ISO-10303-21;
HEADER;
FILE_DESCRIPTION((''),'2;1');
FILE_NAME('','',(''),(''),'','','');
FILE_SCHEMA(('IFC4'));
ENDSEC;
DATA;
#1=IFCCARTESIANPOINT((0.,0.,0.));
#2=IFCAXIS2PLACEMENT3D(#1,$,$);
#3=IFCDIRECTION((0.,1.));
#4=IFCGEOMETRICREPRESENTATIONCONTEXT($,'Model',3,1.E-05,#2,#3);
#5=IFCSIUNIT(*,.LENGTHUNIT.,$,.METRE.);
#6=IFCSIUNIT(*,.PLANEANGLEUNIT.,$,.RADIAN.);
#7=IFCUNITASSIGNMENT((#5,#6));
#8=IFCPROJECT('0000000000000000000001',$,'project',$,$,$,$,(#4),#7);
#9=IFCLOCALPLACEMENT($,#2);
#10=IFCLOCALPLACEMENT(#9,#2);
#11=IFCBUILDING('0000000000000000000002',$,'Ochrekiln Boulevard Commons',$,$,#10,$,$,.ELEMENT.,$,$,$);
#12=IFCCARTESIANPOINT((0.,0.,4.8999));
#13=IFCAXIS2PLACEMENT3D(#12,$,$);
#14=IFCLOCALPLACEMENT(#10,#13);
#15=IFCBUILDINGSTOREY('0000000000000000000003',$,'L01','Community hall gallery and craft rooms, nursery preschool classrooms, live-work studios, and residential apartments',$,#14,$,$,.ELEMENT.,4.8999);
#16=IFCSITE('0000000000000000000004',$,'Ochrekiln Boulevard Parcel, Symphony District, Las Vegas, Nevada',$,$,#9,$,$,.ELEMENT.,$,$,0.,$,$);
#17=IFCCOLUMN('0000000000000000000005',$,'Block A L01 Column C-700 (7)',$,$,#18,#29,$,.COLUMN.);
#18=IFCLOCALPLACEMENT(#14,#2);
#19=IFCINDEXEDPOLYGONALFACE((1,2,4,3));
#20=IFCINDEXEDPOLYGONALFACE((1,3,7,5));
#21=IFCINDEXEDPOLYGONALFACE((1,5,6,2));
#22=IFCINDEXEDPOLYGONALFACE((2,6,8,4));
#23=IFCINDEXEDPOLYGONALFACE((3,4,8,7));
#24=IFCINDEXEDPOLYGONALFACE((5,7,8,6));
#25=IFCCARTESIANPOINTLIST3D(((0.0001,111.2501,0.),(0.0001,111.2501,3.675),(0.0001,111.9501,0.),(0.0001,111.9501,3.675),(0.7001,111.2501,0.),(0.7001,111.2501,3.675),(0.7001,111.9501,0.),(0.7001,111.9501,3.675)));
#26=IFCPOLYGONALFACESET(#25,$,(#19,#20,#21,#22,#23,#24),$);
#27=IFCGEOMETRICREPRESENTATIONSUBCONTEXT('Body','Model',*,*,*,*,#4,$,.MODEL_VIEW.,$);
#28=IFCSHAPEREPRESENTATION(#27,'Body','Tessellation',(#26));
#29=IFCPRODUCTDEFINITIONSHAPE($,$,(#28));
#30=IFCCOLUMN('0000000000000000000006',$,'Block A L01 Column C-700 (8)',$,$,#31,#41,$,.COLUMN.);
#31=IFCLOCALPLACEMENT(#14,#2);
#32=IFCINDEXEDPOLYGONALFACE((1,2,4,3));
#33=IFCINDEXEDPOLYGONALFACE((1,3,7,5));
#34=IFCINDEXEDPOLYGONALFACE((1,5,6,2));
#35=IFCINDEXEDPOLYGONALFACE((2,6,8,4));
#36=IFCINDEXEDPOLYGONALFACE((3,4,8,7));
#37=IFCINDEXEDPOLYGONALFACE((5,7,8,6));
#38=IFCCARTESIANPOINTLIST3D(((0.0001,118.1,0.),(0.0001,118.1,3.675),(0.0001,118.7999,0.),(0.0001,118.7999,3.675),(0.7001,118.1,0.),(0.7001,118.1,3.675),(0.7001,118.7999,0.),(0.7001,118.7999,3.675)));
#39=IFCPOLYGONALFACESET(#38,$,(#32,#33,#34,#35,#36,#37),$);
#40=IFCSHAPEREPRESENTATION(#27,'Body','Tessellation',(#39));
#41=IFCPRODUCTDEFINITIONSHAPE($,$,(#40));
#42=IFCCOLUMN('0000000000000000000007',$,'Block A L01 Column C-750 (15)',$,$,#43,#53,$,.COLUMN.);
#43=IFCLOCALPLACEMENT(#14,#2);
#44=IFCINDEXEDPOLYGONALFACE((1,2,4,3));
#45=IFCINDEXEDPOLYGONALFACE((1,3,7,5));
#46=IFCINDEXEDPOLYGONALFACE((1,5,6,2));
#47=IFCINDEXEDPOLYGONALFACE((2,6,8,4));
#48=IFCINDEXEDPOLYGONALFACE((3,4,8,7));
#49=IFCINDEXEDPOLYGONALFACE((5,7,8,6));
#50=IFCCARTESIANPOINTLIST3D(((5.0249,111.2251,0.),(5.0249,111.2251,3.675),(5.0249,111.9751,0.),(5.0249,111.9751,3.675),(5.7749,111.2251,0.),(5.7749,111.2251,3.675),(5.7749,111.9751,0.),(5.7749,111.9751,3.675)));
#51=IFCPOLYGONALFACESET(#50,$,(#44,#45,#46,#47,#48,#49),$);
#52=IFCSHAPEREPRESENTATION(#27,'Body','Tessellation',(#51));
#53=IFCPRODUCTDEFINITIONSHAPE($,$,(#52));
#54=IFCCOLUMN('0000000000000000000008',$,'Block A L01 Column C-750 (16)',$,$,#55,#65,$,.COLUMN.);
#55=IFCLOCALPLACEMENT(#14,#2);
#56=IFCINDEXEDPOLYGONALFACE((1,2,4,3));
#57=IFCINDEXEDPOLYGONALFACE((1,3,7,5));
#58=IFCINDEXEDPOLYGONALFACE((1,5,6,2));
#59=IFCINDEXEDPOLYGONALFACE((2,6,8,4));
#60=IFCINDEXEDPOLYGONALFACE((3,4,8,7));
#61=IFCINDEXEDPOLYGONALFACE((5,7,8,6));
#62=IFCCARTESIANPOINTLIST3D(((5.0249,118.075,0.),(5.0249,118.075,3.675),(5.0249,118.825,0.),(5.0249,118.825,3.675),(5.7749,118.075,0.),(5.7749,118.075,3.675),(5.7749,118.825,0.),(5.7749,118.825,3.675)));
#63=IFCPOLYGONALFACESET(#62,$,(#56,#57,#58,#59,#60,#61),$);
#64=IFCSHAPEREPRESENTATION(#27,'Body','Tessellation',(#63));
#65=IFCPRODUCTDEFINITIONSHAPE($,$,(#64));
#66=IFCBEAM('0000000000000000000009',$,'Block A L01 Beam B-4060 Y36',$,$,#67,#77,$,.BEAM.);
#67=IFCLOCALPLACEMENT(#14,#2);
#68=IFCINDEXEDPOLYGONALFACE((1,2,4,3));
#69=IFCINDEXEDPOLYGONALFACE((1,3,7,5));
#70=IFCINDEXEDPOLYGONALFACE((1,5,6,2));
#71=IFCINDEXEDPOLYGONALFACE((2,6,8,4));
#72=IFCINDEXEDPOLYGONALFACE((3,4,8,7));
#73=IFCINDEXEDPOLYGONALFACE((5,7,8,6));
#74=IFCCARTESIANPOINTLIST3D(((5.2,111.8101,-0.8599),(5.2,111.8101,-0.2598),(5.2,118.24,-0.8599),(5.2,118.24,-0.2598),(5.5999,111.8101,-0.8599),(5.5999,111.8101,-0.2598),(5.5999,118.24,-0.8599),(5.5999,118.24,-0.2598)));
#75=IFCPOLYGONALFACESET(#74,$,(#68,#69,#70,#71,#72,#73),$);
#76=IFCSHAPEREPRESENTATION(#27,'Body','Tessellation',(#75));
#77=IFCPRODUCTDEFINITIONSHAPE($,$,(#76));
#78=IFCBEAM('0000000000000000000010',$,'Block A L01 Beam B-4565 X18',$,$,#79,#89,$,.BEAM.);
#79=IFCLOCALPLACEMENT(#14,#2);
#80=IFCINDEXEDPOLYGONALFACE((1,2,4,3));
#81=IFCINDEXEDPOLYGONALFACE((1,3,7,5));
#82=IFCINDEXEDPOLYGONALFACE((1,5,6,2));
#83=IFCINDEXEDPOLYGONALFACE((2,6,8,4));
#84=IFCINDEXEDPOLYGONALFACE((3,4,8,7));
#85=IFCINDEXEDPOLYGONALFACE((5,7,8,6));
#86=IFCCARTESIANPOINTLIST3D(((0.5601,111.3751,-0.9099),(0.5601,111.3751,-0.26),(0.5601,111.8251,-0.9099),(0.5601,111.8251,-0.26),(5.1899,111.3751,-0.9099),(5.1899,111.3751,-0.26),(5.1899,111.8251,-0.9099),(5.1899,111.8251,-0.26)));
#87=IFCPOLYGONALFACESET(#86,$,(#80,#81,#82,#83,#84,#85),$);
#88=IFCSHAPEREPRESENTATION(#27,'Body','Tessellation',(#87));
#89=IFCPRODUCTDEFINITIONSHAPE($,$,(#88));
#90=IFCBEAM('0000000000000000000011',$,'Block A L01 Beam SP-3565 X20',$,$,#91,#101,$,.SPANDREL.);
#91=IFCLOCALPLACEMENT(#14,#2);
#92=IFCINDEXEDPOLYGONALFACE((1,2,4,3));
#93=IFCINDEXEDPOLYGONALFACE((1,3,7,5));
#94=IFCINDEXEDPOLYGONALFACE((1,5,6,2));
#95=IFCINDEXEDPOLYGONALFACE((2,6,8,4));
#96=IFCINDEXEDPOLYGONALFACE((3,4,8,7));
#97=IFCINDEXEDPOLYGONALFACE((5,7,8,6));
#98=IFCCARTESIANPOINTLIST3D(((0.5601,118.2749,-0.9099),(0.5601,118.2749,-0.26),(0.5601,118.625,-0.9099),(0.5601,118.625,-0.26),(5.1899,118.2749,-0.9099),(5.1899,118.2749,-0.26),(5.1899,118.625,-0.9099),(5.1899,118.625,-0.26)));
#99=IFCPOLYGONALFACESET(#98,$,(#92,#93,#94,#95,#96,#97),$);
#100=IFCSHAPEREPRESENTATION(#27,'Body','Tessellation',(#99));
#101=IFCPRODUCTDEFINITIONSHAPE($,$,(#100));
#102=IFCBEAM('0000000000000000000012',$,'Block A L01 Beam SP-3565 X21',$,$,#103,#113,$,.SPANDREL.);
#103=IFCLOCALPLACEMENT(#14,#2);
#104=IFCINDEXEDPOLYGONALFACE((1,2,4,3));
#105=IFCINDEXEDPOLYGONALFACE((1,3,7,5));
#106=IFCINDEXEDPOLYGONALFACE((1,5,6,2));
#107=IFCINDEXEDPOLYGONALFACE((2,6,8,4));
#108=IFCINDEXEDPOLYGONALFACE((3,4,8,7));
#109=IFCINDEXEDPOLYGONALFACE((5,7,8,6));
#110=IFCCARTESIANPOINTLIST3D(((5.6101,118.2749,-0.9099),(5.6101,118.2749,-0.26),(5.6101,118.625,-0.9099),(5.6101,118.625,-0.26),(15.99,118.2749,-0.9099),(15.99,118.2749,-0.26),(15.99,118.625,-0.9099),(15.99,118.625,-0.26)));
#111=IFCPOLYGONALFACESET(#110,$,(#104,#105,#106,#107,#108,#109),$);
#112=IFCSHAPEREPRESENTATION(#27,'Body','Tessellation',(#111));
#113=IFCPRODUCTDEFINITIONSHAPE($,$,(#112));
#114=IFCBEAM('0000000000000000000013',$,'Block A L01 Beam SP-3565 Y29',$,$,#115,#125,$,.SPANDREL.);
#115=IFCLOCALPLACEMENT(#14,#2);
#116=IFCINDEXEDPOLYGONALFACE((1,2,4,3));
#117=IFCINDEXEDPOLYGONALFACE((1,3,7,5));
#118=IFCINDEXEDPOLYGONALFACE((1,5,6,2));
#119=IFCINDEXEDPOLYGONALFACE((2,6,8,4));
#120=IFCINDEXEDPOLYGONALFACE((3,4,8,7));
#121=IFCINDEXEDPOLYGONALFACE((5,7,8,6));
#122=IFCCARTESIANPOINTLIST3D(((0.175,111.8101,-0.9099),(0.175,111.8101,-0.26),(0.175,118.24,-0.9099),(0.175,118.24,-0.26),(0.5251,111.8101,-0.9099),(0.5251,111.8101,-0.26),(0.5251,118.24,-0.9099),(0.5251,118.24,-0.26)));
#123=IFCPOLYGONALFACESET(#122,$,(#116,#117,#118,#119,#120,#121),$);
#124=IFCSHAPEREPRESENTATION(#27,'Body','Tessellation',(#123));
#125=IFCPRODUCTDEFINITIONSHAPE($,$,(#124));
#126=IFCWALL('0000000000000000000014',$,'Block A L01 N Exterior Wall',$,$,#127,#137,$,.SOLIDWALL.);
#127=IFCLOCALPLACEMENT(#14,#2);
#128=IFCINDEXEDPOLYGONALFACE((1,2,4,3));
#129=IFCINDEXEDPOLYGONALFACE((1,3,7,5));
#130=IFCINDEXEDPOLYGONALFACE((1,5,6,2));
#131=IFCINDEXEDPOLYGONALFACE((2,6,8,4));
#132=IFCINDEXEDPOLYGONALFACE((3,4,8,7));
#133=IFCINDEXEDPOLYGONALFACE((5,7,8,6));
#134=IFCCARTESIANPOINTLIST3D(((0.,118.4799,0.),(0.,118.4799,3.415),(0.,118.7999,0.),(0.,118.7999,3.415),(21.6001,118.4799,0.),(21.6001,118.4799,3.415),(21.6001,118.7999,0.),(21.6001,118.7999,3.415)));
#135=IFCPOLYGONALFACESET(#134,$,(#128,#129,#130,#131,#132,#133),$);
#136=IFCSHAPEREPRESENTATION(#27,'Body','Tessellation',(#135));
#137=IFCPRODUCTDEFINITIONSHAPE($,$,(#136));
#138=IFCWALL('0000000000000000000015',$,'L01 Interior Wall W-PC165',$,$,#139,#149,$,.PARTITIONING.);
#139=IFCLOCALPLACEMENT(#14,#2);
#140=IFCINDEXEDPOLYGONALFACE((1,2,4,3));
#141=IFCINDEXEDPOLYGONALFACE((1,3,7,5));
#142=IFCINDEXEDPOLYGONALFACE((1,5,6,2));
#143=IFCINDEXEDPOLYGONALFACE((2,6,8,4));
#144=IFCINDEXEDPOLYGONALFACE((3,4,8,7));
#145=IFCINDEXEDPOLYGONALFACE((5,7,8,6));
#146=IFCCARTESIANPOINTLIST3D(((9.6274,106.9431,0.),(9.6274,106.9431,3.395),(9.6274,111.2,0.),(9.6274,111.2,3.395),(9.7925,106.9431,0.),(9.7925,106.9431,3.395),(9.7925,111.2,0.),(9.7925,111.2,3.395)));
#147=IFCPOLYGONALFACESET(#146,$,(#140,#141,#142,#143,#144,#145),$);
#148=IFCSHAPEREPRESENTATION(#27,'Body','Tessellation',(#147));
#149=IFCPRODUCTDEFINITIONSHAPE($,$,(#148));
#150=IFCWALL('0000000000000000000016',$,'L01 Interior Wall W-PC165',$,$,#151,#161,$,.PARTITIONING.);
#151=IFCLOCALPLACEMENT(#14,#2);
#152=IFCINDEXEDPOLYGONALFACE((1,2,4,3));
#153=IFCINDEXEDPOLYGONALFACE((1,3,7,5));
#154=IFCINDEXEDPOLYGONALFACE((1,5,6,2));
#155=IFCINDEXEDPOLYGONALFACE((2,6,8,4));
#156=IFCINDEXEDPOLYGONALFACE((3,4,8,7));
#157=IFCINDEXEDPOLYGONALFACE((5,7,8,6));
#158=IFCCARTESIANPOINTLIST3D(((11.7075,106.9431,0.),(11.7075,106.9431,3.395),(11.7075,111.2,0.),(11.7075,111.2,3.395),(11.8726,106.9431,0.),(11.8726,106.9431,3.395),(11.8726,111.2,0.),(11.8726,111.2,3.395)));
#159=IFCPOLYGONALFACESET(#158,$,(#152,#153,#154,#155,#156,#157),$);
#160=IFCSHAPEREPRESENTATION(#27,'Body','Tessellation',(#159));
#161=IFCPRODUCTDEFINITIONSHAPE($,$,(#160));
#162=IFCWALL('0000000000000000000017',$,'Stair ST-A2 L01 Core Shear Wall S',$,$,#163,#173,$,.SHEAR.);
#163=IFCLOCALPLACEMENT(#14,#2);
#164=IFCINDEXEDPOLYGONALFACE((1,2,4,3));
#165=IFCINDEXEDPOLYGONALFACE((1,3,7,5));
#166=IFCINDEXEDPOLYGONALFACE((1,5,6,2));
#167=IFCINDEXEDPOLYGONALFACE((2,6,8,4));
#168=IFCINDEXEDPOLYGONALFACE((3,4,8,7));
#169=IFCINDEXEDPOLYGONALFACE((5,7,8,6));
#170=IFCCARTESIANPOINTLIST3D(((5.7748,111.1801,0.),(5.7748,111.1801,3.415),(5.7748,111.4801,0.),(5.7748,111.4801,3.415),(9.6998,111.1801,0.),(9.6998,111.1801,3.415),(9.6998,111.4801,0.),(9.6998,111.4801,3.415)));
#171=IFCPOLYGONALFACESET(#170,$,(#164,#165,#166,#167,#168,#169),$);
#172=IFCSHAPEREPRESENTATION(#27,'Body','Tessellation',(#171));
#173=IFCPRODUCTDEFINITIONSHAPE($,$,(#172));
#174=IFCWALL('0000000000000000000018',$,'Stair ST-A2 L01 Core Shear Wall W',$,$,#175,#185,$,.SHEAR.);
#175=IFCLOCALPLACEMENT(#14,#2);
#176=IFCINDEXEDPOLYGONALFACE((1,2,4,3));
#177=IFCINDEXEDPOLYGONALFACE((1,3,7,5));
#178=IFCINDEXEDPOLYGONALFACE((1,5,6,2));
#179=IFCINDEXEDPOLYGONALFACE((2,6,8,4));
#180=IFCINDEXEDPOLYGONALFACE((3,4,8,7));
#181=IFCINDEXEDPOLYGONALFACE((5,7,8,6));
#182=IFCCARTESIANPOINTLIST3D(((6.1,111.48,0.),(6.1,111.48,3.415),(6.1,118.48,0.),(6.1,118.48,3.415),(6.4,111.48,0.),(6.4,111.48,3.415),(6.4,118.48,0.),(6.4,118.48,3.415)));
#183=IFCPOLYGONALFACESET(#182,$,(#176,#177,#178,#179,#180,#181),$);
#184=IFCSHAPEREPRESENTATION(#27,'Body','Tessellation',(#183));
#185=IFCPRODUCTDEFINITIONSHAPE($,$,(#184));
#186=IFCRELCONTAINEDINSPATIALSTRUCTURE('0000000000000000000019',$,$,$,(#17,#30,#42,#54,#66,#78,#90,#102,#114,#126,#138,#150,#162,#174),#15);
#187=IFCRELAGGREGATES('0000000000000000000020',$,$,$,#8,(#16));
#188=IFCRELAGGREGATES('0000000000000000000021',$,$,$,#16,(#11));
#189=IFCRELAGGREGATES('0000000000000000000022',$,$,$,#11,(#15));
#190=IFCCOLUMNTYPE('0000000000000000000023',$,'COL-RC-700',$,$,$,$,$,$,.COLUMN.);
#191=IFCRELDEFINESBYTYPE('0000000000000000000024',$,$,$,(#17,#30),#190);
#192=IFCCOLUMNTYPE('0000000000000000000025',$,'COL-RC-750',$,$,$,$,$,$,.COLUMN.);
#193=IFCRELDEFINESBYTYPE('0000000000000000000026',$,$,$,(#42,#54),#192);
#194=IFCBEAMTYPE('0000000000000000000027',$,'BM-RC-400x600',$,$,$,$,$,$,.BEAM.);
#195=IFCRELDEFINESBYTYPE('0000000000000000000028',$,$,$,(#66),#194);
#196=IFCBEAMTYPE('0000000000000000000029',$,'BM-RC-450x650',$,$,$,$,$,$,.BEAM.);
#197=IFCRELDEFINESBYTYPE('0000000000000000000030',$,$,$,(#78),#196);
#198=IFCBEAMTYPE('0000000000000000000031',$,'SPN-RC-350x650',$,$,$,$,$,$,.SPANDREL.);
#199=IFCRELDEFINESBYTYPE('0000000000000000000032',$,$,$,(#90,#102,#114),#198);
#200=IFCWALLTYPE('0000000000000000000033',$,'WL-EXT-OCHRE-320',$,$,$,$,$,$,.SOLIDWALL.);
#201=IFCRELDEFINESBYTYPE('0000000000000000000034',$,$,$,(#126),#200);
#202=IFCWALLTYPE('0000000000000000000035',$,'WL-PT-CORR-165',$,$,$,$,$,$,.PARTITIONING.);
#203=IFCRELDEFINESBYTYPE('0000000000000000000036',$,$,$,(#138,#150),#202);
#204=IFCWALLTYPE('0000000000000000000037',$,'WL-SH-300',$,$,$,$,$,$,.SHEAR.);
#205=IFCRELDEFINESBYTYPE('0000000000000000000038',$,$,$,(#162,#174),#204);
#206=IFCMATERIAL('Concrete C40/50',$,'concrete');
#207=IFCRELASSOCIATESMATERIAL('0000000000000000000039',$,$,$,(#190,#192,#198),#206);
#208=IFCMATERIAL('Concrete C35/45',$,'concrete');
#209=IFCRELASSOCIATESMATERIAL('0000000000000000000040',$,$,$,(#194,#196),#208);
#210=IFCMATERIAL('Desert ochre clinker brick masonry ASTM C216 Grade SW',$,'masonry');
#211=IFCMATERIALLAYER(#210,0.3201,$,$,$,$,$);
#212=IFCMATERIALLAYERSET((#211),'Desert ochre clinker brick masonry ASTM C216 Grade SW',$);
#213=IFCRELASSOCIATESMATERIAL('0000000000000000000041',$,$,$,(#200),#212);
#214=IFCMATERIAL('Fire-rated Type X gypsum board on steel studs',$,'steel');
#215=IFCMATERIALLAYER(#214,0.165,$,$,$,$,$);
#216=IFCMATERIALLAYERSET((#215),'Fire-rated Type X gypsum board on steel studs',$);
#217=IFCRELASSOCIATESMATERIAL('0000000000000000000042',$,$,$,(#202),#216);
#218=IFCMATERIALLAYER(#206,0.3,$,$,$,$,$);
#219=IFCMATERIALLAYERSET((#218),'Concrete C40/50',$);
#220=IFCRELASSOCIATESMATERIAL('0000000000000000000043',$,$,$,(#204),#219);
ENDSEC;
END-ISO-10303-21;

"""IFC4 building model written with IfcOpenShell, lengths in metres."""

from ifc_helpers import new_model, si_unit, direction, frame, frame_2d, origin, origin_2d, place, context, subcontext, project, spatial, rectangle, extrude, material, layer, layer_set, material_profile, profile_set, type_object, element, save


model = new_model("IFC4")

# Units and contexts
model_context = context("Model", 3, precision=1e-05, world=origin(), true_north=direction((0.0, 1.0)))
body_context = subcontext(model_context, "Body", "Model", "MODEL_VIEW")
ifc_project = project(units=[si_unit("LENGTHUNIT", "METRE"), si_unit("PLANEANGLEUNIT", "RADIAN")], contexts=[model_context])

# Site, building, storey
site_placement = place(None, origin())
site = spatial("IfcSite", under=ifc_project, at=site_placement, Name="Ochrekiln Boulevard Parcel, Symphony District, Las Vegas, Nevada", CompositionType="ELEMENT", RefElevation=0.0)
building_placement = place(site_placement, origin())
building = spatial("IfcBuilding", under=site, at=building_placement, Name="Ochrekiln Boulevard Commons", CompositionType="ELEMENT")
storey_placement = place(building_placement, frame((0.0, 0.0, 4.8999)))
storey = spatial("IfcBuildingStorey", under=building, at=storey_placement, Name="L01", Description="Community hall gallery and craft rooms, nursery preschool classrooms, live-work studios, and residential apartments", CompositionType="ELEMENT", Elevation=4.8999)

# Columns
ifc_material_1 = material(Name="Concrete C40/50", Category="concrete")
ifc_material_profile_1 = material_profile(ifc_material_1, rectangle(XDim=0.7, YDim=0.7, at=origin_2d()), Name="RC-COL-700x700")
ifc_profile_set_1 = profile_set([ifc_material_profile_1], Name="Concrete C40/50")
column_type_1 = type_object("IfcColumnType", Name="COL-RC-700", PredefinedType="COLUMN", material=ifc_profile_set_1)
for number, where, z_axis, x_axis, name in (
    (1, (0.3501, 111.6001, 0.0), (0.0, 0.0, 1.0), (1.0, 0.0, 0.0), "Block A L01 Column C-700 (7)"),
    (2, (0.3501, 118.45, 0.0), (0.0, 0.0, 1.0), (1.0, 0.0, 0.0), "Block A L01 Column C-700 (8)"),
):
    element("IfcColumn", number, at=place(storey_placement, frame(where, z_axis=z_axis, x_axis=x_axis)), inside=storey, type_object=column_type_1, Name=name, PredefinedType="COLUMN", context=body_context, shape_type="SweptSolid", body=[
        extrude(rectangle(XDim=0.7, YDim=0.7, at=origin_2d()), origin(), (0.0, 0.0, 1.0), 3.675),
    ])
ifc_material_profile_2 = material_profile(ifc_material_1, rectangle(XDim=0.75, YDim=0.75, at=origin_2d()), Name="RC-COL-750x750")
ifc_profile_set_2 = profile_set([ifc_material_profile_2], Name="Concrete C40/50")
column_type_2 = type_object("IfcColumnType", Name="COL-RC-750", PredefinedType="COLUMN", material=ifc_profile_set_2)
for number, where, z_axis, x_axis, name in (
    (3, (5.3999, 111.6001, 0.0), (0.0, 0.0, 1.0), (1.0, 0.0, 0.0), "Block A L01 Column C-750 (15)"),
    (4, (5.3999, 118.45, 0.0), (0.0, 0.0, 1.0), (1.0, 0.0, 0.0), "Block A L01 Column C-750 (16)"),
):
    element("IfcColumn", number, at=place(storey_placement, frame(where, z_axis=z_axis, x_axis=x_axis)), inside=storey, type_object=column_type_2, Name=name, PredefinedType="COLUMN", context=body_context, shape_type="SweptSolid", body=[
        extrude(rectangle(XDim=0.75, YDim=0.75, at=origin_2d()), origin(), (0.0, 0.0, 1.0), 3.675),
    ])

# Beams
ifc_material_2 = material(Name="Concrete C35/45", Category="concrete")
ifc_material_profile_3 = material_profile(ifc_material_2, rectangle(XDim=0.3999, YDim=0.6001, at=origin_2d()), Name="RC-BM-400x600")
ifc_profile_set_3 = profile_set([ifc_material_profile_3], Name="Concrete C35/45")
beam_type_1 = type_object("IfcBeamType", Name="BM-RC-400x600", PredefinedType="BEAM", material=ifc_profile_set_3)
beam_1_placement = place(storey_placement, frame((5.3999, 111.8101, -0.5598), z_axis=(0.0, 1.0, 0.0), x_axis=(-1.0, 0.0, 0.0)))
element("IfcBeam", 5, at=beam_1_placement, inside=storey, type_object=beam_type_1, Name="Block A L01 Beam B-4060 Y36", PredefinedType="BEAM", context=body_context, shape_type="SweptSolid", body=[
    extrude(rectangle(XDim=0.3999, YDim=0.6001, at=origin_2d()), origin(), (0.0, 0.0, 1.0), 6.4299),
])
ifc_material_profile_4 = material_profile(ifc_material_2, rectangle(XDim=0.45, YDim=0.6499, at=origin_2d()), Name="RC-BM-450x650")
ifc_profile_set_4 = profile_set([ifc_material_profile_4], Name="Concrete C35/45")
beam_type_2 = type_object("IfcBeamType", Name="BM-RC-450x650", PredefinedType="BEAM", material=ifc_profile_set_4)
beam_2_placement = place(storey_placement, frame((0.5601, 111.6001, -0.585), z_axis=(1.0, 0.0, 0.0), x_axis=(0.0, 1.0, 0.0)))
element("IfcBeam", 6, at=beam_2_placement, inside=storey, type_object=beam_type_2, Name="Block A L01 Beam B-4565 X18", PredefinedType="BEAM", context=body_context, shape_type="SweptSolid", body=[
    extrude(rectangle(XDim=0.45, YDim=0.6499, at=origin_2d()), origin(), (0.0, 0.0, 1.0), 4.6299),
])
ifc_material_profile_5 = material_profile(ifc_material_1, rectangle(XDim=0.3501, YDim=0.6499, at=origin_2d()), Name="RC-SPN-350x650")
ifc_profile_set_5 = profile_set([ifc_material_profile_5], Name="Concrete C40/50")
beam_type_3 = type_object("IfcBeamType", Name="SPN-RC-350x650", PredefinedType="SPANDREL", material=ifc_profile_set_5)
beam_3_placement = place(storey_placement, frame((0.5601, 118.45, -0.585), z_axis=(1.0, 0.0, 0.0), x_axis=(0.0, 1.0, 0.0)))
element("IfcBeam", 7, at=beam_3_placement, inside=storey, type_object=beam_type_3, Name="Block A L01 Beam SP-3565 X20", PredefinedType="SPANDREL", context=body_context, shape_type="SweptSolid", body=[
    extrude(rectangle(XDim=0.3501, YDim=0.6499, at=origin_2d()), origin(), (0.0, 0.0, 1.0), 4.6299),
])
beam_4_placement = place(storey_placement, frame((5.6101, 118.45, -0.585), z_axis=(1.0, 0.0, 0.0), x_axis=(0.0, 1.0, 0.0)))
element("IfcBeam", 8, at=beam_4_placement, inside=storey, type_object=beam_type_3, Name="Block A L01 Beam SP-3565 X21", PredefinedType="SPANDREL", context=body_context, shape_type="SweptSolid", body=[
    extrude(rectangle(XDim=0.3501, YDim=0.6499, at=origin_2d()), origin(), (0.0, 0.0, 1.0), 10.3799),
])
beam_5_placement = place(storey_placement, frame((0.3501, 111.8101, -0.585), z_axis=(0.0, 1.0, 0.0), x_axis=(-1.0, 0.0, 0.0)))
element("IfcBeam", 9, at=beam_5_placement, inside=storey, type_object=beam_type_3, Name="Block A L01 Beam SP-3565 Y29", PredefinedType="SPANDREL", context=body_context, shape_type="SweptSolid", body=[
    extrude(rectangle(XDim=0.3501, YDim=0.6499, at=origin_2d()), origin(), (0.0, 0.0, 1.0), 6.4299),
])

# Walls
ifc_material_3 = material(Name="Desert ochre clinker brick masonry ASTM C216 Grade SW", Category="masonry")
ifc_layer_1 = layer(ifc_material_3, 0.3201)
ifc_layer_set_1 = layer_set([ifc_layer_1], Name="Desert ochre clinker brick masonry ASTM C216 Grade SW")
wall_type_1 = type_object("IfcWallType", Name="WL-EXT-OCHRE-320", PredefinedType="SOLIDWALL", material=ifc_layer_set_1)
wall_1_placement = place(storey_placement, frame((0.0, 118.6399, 0.0), z_axis=(0.0, 0.0, 1.0), x_axis=(1.0, 0.0, 0.0)))
element("IfcWall", 10, at=wall_1_placement, inside=storey, type_object=wall_type_1, Name="Block A L01 N Exterior Wall", PredefinedType="SOLIDWALL", context=body_context, shape_type="SweptSolid", body=[
    extrude(rectangle(XDim=21.6001, YDim=0.3201, at=frame_2d((10.8, 0.0))), origin(), (0.0, 0.0, 1.0), 3.415),
])
ifc_material_4 = material(Name="Fire-rated Type X gypsum board on steel studs", Category="steel")
ifc_layer_2 = layer(ifc_material_4, 0.165)
ifc_layer_set_2 = layer_set([ifc_layer_2], Name="Fire-rated Type X gypsum board on steel studs")
wall_type_2 = type_object("IfcWallType", Name="WL-PT-CORR-165", PredefinedType="PARTITIONING", material=ifc_layer_set_2)
for number, where, z_axis, x_axis, name in (
    (11, (9.71, 106.9431, 0.0), (0.0, 0.0, 1.0), (0.0, 1.0, 0.0), "L01 Interior Wall W-PC165"),
    (12, (11.79, 106.9431, 0.0), (0.0, 0.0, 1.0), (0.0, 1.0, 0.0), "L01 Interior Wall W-PC165"),
):
    element("IfcWall", number, at=place(storey_placement, frame(where, z_axis=z_axis, x_axis=x_axis)), inside=storey, type_object=wall_type_2, Name=name, PredefinedType="PARTITIONING", context=body_context, shape_type="SweptSolid", body=[
        extrude(rectangle(XDim=4.2568, YDim=0.165, at=frame_2d((2.1284, 0.0))), origin(), (0.0, 0.0, 1.0), 3.395),
    ])

# Walls
ifc_layer_3 = layer(ifc_material_1, 0.3)
ifc_layer_set_3 = layer_set([ifc_layer_3], Name="Concrete C40/50")
wall_type_3 = type_object("IfcWallType", Name="WL-SH-300", PredefinedType="SHEAR", material=ifc_layer_set_3)
wall_2_placement = place(storey_placement, frame((5.7749, 111.3301, 0.0), z_axis=(0.0, 0.0, 1.0), x_axis=(1.0, 0.0, 0.0)))
element("IfcWall", 13, at=wall_2_placement, inside=storey, type_object=wall_type_3, Name="Stair ST-A2 L01 Core Shear Wall S", PredefinedType="SHEAR", context=body_context, shape_type="SweptSolid", body=[
    extrude(rectangle(XDim=3.925, YDim=0.3, at=frame_2d((1.9624, 0.0))), origin(), (0.0, 0.0, 1.0), 3.415),
])
wall_3_placement = place(storey_placement, frame((6.25, 111.48, 0.0), z_axis=(0.0, 0.0, 1.0), x_axis=(0.0, 1.0, 0.0)))
element("IfcWall", 14, at=wall_3_placement, inside=storey, type_object=wall_type_3, Name="Stair ST-A2 L01 Core Shear Wall W", PredefinedType="SHEAR", context=body_context, shape_type="SweptSolid", body=[
    extrude(rectangle(XDim=7.0, YDim=0.3, at=frame_2d((3.5, 0.0))), origin(), (0.0, 0.0, 1.0), 3.415),
])

save(model, "model.ifc")
